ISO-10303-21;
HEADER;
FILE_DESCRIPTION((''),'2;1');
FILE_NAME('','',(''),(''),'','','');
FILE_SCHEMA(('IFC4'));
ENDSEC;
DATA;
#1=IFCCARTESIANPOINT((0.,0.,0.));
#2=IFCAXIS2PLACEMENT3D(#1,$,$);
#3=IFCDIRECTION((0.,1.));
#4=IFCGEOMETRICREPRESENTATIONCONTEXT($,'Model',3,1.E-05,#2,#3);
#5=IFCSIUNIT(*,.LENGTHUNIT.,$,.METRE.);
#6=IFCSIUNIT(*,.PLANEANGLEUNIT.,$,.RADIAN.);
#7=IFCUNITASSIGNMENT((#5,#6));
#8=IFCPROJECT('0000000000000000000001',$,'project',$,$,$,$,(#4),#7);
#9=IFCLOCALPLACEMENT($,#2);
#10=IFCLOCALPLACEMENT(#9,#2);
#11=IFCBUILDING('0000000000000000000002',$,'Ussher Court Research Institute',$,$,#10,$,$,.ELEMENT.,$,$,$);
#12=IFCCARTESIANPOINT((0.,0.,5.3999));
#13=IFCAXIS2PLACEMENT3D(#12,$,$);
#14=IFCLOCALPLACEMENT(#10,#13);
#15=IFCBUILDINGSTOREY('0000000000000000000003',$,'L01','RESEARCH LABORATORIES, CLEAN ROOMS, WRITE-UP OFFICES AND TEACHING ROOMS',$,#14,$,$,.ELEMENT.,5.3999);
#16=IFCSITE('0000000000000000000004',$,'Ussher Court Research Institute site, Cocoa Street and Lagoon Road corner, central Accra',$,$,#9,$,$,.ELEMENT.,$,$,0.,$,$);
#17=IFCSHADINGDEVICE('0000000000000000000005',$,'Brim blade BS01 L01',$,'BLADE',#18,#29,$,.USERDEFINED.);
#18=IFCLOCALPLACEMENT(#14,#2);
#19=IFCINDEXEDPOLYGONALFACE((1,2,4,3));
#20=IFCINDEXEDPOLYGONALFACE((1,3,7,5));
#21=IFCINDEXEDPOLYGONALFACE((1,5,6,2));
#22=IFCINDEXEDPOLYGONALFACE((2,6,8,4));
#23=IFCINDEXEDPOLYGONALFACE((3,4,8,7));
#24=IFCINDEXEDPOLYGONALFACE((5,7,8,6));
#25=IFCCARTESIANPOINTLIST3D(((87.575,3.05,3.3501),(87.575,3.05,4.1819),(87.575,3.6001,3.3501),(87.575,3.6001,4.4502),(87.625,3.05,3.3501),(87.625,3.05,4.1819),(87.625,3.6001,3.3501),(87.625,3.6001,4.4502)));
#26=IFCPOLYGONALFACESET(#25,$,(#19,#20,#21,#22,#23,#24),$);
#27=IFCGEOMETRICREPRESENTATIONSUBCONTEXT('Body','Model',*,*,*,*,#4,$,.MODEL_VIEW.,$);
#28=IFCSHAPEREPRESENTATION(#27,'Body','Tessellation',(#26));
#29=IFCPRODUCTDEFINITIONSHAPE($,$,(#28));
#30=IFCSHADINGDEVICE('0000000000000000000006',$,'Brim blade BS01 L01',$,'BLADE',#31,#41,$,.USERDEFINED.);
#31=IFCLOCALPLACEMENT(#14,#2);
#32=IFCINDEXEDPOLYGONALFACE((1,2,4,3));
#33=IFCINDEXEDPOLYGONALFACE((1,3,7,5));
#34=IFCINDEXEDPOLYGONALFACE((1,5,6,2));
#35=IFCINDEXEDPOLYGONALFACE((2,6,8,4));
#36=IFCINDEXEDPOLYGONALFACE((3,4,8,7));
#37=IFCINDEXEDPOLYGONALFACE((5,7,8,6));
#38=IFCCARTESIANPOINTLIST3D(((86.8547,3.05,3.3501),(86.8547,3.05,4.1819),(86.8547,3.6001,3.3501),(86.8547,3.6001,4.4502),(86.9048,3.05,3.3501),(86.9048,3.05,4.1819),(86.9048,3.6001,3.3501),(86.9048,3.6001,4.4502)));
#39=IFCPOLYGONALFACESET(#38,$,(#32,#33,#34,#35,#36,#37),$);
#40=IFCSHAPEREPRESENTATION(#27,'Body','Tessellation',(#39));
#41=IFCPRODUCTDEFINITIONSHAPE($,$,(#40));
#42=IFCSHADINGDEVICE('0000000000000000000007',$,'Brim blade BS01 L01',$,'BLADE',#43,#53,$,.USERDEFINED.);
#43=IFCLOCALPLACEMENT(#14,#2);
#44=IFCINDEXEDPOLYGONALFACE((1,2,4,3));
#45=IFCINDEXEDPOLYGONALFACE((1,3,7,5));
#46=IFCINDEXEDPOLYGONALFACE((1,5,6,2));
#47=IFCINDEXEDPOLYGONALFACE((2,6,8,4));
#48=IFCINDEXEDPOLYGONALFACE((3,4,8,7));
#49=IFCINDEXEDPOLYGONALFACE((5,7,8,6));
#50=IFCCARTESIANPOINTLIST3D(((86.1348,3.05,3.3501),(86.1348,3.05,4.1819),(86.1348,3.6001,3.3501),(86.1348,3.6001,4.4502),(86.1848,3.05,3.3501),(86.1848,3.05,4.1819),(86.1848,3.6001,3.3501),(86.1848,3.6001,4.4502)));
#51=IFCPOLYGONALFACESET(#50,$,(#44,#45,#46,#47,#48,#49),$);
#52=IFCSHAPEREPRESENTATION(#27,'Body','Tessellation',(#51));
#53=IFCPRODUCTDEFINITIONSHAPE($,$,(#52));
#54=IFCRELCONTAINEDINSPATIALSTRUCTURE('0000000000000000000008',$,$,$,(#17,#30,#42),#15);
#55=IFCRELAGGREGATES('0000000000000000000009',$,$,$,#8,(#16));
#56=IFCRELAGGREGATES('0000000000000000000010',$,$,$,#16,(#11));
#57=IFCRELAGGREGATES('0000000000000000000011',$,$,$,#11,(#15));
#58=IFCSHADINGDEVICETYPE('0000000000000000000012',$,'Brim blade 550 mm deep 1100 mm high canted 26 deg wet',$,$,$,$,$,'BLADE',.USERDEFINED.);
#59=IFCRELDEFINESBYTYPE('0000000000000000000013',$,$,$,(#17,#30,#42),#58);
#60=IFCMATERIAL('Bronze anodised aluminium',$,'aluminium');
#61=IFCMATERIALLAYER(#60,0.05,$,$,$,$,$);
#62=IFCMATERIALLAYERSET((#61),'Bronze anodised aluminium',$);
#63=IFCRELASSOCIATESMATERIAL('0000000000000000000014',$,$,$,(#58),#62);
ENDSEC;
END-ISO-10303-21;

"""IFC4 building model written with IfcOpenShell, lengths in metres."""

from ifc_helpers import new_model, si_unit, direction, frame, origin, place, context, subcontext, project, spatial, polyline, outline, extrude, material, layer, layer_set, type_object, element, save


model = new_model("IFC4")

# Units and contexts
model_context = context("Model", 3, precision=1e-05, world=origin(), true_north=direction((0.0, 1.0)))
body_context = subcontext(model_context, "Body", "Model", "MODEL_VIEW")
ifc_project = project(units=[si_unit("LENGTHUNIT", "METRE"), si_unit("PLANEANGLEUNIT", "RADIAN")], contexts=[model_context])

# Site, building, storey
site_placement = place(None, origin())
site = spatial("IfcSite", under=ifc_project, at=site_placement, Name="Ussher Court Research Institute site, Cocoa Street and Lagoon Road corner, central Accra", CompositionType="ELEMENT", RefElevation=0.0)
building_placement = place(site_placement, origin())
building = spatial("IfcBuilding", under=site, at=building_placement, Name="Ussher Court Research Institute", CompositionType="ELEMENT")
storey_placement = place(building_placement, frame((0.0, 0.0, 5.3999)))
storey = spatial("IfcBuildingStorey", under=building, at=storey_placement, Name="L01", Description="RESEARCH LABORATORIES, CLEAN ROOMS, WRITE-UP OFFICES AND TEACHING ROOMS", CompositionType="ELEMENT", Elevation=5.3999)

# Shading devices
ifc_material_1 = material(Name="Bronze anodised aluminium", Category="aluminium")
ifc_layer_1 = layer(ifc_material_1, 0.05)
ifc_layer_set_1 = layer_set([ifc_layer_1], Name="Bronze anodised aluminium")
shading_device_type_1 = type_object("IfcShadingDeviceType", Name="Brim blade 550 mm deep 1100 mm high canted 26 deg wet", ElementType="BLADE", PredefinedType="USERDEFINED", material=ifc_layer_set_1)
for number, where, z_axis, x_axis, name in (
    (1, (87.6001, 3.6001, 3.3501), (0.0, 0.0, 1.0), (0.0, -1.0, 0.0), "Brim blade BS01 L01"),
    (2, (86.8799, 3.6001, 3.3501), (0.0, 0.0, 1.0), (0.0, -1.0, 0.0), "Brim blade BS01 L01"),
    (3, (86.1599, 3.6001, 3.3501), (0.0, 0.0, 1.0), (0.0, -1.0, 0.0), "Brim blade BS01 L01"),
):
    element("IfcShadingDevice", number, at=place(storey_placement, frame(where, z_axis=z_axis, x_axis=x_axis)), inside=storey, type_object=shading_device_type_1, Name=name, ObjectType="BLADE", PredefinedType="USERDEFINED", context=body_context, shape_type="SweptSolid", body=[
        extrude(outline(polyline([(0.0, 0.0), (0.55, 0.0), (0.55, 0.8318), (0.0, 1.1001), (0.0, 0.0)])), frame((0.0, 0.0249, 0.0), z_axis=(0.0, -1.0, 0.0), x_axis=(1.0, 0.0, 0.0)), (0.0, 0.0, 1.0), 0.05),
    ])

save(model, "model.ifc")
